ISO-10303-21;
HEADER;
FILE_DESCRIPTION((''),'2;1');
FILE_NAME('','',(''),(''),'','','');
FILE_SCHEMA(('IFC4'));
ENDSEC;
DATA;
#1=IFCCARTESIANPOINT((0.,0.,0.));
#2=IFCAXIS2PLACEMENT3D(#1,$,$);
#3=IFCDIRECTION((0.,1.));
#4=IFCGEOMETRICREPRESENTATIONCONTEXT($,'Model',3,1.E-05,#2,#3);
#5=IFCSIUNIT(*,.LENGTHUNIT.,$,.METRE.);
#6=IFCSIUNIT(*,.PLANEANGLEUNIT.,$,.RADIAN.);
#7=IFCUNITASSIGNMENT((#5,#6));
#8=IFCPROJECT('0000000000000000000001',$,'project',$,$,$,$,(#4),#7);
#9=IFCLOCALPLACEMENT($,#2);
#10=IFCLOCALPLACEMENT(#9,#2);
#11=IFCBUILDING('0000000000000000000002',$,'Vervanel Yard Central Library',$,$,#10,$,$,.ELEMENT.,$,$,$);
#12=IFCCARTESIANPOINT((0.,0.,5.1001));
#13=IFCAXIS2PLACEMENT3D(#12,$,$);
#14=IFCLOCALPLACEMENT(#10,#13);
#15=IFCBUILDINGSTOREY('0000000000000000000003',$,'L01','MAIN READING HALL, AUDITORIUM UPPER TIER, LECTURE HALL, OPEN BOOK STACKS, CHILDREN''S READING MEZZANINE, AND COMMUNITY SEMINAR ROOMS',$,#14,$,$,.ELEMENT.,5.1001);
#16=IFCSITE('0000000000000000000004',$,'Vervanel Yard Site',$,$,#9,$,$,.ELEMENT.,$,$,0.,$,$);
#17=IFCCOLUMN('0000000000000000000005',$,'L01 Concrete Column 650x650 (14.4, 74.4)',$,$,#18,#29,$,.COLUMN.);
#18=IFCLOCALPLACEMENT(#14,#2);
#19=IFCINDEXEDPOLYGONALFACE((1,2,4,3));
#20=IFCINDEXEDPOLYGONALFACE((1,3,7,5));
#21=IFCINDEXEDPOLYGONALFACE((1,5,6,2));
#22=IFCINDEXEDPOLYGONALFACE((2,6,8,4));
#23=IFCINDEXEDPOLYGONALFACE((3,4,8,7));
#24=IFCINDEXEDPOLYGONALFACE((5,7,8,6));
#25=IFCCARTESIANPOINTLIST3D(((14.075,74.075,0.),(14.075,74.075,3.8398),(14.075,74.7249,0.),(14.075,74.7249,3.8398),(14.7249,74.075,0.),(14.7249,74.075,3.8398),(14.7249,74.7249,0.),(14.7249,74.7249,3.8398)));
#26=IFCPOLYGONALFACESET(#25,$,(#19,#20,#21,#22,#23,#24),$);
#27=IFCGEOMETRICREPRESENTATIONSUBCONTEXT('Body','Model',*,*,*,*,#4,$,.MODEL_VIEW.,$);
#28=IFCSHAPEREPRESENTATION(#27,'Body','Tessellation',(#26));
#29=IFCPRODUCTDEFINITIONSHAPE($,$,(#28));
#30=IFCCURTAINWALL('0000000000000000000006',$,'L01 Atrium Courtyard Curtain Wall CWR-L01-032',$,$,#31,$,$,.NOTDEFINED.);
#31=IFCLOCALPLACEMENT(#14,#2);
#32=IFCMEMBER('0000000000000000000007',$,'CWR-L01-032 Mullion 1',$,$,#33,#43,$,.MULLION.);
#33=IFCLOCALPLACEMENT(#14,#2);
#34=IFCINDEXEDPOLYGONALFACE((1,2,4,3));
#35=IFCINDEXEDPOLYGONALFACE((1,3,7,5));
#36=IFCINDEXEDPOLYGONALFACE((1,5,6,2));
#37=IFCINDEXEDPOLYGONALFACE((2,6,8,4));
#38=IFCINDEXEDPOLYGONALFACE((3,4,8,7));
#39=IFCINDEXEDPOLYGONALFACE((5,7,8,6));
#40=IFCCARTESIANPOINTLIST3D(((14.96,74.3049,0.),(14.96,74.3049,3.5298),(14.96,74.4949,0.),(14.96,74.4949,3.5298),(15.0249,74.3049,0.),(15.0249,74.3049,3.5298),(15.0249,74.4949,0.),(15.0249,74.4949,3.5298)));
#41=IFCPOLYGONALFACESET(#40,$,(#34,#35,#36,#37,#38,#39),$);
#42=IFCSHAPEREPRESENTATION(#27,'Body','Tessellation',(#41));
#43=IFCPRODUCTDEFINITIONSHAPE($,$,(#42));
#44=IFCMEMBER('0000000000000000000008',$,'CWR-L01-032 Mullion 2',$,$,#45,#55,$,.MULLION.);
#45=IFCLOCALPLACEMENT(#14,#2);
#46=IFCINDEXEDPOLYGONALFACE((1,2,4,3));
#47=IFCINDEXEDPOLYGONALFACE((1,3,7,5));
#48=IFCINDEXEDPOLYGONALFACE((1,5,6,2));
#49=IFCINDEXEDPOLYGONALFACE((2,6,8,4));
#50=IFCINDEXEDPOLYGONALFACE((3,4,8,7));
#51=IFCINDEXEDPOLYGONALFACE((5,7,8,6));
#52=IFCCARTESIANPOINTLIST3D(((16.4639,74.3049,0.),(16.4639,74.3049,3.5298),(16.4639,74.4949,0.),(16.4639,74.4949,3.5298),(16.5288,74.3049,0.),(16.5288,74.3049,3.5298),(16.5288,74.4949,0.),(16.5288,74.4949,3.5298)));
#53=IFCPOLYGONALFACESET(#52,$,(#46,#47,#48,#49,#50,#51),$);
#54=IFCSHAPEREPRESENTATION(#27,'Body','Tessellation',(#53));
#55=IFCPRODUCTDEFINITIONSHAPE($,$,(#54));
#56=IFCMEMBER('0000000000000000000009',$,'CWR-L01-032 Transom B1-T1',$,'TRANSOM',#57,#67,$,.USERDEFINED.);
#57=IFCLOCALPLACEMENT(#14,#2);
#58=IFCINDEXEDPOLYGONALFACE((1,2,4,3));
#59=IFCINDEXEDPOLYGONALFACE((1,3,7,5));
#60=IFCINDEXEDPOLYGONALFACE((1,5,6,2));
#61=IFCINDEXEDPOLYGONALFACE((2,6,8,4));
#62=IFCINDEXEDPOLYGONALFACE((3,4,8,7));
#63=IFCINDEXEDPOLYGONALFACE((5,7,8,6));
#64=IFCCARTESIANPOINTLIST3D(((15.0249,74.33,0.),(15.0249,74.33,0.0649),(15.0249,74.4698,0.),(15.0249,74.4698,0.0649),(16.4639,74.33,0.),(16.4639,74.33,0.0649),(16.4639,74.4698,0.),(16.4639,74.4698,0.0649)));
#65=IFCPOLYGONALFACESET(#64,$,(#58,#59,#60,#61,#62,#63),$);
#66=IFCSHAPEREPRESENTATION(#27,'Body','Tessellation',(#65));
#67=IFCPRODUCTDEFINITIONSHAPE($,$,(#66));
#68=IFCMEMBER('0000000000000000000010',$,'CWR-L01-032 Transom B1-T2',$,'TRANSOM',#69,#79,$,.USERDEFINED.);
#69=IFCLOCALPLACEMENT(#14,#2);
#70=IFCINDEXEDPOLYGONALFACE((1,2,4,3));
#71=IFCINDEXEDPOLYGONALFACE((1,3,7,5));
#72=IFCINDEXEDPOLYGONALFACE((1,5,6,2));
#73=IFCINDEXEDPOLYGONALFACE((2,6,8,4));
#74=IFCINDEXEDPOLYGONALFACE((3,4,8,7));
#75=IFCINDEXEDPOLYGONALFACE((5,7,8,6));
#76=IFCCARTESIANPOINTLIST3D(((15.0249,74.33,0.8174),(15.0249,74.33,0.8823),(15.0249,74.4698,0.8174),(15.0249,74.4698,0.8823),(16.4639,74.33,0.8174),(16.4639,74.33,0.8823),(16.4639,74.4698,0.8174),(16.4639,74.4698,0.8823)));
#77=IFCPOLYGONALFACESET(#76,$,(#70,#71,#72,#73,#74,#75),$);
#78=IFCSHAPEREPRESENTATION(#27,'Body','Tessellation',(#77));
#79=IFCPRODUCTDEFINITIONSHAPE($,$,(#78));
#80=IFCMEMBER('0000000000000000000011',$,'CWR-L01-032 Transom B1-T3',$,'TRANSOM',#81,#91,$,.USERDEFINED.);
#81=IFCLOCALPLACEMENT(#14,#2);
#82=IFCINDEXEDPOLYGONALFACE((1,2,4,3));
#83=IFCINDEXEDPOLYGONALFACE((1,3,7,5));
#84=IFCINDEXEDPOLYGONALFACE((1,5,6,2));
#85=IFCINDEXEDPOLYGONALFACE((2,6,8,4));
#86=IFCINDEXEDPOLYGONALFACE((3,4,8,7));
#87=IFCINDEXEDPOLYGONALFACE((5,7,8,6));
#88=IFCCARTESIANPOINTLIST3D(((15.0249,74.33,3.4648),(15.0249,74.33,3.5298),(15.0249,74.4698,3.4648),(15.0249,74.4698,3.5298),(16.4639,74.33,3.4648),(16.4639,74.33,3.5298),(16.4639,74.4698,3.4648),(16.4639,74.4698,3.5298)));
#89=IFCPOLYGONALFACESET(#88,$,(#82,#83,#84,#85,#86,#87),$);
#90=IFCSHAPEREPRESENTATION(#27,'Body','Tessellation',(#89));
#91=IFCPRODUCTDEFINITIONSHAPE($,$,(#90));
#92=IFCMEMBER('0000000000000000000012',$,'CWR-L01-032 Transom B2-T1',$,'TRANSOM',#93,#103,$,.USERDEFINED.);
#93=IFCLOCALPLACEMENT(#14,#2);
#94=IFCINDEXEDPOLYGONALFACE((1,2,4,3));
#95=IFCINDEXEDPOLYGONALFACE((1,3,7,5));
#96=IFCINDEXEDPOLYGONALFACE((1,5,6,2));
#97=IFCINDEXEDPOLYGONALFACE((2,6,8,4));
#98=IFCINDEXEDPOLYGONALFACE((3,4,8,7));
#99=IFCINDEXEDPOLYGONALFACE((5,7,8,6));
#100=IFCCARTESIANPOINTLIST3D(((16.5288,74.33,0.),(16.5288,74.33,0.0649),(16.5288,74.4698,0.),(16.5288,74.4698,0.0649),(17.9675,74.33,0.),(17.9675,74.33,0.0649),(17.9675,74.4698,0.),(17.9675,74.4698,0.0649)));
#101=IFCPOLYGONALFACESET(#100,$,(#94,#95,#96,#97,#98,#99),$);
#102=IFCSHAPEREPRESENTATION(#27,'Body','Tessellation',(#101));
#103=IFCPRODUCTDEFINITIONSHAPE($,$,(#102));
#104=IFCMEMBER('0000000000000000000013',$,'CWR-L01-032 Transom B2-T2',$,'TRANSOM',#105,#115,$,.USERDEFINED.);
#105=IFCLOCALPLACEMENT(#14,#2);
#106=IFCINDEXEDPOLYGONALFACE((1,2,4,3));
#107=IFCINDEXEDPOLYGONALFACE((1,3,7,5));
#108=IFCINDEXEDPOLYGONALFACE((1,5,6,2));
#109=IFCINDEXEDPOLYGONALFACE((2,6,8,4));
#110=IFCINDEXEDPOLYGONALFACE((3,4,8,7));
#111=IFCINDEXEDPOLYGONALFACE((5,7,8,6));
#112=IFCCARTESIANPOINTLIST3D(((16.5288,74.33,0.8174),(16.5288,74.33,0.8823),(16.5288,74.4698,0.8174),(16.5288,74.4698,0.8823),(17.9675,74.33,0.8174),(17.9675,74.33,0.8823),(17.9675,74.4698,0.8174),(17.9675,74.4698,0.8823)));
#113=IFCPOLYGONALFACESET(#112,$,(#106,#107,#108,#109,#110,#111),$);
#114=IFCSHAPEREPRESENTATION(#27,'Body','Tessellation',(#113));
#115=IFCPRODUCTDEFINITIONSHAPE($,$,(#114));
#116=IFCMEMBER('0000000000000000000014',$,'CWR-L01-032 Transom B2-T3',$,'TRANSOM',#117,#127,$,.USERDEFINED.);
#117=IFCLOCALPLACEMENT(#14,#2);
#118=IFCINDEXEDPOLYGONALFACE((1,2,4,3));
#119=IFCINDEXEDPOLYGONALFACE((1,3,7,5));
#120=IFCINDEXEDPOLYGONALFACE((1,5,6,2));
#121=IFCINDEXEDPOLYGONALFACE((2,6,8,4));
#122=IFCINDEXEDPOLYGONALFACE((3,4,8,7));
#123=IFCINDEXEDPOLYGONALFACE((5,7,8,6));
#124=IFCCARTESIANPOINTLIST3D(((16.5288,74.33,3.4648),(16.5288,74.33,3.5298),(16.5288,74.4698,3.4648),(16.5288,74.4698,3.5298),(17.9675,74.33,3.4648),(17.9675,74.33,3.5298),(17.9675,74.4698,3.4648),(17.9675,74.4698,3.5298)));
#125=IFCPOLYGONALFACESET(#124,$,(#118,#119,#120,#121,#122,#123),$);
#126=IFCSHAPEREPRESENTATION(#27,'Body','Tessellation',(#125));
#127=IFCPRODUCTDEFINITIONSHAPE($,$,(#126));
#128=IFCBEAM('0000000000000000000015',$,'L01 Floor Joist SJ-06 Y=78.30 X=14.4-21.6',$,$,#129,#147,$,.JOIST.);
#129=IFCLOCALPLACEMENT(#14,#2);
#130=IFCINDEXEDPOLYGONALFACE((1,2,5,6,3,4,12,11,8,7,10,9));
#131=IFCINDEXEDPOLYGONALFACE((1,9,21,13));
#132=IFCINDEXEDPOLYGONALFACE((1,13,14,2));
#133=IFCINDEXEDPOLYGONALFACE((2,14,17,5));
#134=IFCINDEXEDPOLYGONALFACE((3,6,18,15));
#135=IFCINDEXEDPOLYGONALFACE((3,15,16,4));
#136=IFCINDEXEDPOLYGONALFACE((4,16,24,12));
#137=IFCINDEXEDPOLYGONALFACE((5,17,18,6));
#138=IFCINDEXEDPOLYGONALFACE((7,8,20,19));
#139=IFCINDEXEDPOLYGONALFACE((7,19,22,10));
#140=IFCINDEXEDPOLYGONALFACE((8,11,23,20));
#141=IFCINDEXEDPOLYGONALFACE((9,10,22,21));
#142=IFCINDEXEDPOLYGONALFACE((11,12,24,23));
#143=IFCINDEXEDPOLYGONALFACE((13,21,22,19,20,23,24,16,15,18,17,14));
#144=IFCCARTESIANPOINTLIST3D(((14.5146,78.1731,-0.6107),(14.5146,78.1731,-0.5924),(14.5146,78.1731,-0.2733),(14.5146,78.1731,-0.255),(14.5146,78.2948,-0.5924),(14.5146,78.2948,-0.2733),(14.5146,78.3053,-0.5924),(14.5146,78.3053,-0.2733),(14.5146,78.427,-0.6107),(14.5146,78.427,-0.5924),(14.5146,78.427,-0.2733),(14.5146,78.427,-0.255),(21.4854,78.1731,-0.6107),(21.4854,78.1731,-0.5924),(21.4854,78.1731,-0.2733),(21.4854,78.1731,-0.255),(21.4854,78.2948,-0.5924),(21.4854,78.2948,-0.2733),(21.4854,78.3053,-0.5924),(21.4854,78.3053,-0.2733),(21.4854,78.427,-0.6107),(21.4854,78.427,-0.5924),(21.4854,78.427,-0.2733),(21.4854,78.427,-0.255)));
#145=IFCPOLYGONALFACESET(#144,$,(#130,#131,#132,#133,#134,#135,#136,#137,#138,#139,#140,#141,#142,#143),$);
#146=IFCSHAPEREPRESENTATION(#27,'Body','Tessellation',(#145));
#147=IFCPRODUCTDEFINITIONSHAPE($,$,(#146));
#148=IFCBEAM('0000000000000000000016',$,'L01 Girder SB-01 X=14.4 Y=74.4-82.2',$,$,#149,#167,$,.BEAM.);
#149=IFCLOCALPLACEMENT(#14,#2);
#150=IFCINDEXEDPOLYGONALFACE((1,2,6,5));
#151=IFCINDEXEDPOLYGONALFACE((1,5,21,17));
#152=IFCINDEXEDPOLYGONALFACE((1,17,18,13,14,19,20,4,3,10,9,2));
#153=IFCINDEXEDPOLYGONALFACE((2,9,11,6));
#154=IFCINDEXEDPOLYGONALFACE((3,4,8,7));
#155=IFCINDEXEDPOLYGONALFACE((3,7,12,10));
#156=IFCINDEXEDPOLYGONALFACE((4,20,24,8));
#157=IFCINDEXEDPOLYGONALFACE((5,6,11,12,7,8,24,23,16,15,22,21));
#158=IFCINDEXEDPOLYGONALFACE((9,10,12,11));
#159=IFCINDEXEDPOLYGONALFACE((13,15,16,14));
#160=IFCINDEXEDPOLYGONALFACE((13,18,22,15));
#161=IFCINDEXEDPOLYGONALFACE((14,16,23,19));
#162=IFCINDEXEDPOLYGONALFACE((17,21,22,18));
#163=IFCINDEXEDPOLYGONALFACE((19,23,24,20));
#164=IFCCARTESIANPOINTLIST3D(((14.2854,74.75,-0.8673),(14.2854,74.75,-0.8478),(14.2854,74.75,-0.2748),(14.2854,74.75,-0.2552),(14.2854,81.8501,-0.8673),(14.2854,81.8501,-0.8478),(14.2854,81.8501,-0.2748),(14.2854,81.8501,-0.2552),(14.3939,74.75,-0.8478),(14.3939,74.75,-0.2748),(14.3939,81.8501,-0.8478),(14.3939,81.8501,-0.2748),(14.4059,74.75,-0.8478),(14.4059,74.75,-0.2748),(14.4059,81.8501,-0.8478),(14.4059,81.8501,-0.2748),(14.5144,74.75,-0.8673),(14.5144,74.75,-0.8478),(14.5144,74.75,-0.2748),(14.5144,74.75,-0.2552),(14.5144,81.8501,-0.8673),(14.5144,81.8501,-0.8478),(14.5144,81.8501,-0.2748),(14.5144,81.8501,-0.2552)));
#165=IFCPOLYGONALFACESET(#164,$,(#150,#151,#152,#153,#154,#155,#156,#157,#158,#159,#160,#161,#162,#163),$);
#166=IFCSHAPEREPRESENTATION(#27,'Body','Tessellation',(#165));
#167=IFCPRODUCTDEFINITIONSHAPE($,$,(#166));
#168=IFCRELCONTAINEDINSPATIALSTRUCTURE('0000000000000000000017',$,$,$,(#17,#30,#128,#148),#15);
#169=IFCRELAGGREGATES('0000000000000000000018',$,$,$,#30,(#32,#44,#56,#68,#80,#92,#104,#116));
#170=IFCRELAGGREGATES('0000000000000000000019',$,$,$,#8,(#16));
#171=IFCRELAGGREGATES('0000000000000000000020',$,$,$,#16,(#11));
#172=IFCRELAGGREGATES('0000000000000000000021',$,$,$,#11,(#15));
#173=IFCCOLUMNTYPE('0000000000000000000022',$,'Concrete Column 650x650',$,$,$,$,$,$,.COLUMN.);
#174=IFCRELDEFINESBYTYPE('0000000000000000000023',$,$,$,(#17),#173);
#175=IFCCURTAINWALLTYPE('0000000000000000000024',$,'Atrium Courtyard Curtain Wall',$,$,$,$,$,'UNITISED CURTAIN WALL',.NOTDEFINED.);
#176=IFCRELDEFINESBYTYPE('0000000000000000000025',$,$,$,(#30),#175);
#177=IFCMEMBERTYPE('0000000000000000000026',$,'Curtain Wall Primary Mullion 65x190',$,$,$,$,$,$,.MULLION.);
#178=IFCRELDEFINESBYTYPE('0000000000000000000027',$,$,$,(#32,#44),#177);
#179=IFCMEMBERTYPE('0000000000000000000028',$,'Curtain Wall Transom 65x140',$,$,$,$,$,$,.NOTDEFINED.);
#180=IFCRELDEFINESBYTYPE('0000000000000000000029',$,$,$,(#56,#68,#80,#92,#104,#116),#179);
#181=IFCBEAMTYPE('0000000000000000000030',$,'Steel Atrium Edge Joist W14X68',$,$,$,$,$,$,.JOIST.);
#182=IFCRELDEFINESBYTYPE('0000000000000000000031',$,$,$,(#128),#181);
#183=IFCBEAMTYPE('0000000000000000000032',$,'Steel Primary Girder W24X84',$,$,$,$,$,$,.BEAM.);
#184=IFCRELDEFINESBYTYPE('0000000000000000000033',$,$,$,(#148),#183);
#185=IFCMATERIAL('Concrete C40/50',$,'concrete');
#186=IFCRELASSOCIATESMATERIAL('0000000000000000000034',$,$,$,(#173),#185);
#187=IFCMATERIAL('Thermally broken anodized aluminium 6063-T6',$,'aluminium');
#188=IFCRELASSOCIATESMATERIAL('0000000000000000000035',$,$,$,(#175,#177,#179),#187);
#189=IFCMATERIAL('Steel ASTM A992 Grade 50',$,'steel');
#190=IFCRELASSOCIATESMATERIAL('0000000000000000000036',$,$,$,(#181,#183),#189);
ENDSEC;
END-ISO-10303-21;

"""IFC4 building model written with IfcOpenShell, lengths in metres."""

from ifc_helpers import new_model, si_unit, direction, frame, origin, origin_2d, place, context, subcontext, project, spatial, rectangle, i_section, extrude, material, material_profile, profile_set, type_object, element, aggregate, save


model = new_model("IFC4")

# Units and contexts
model_context = context("Model", 3, precision=1e-05, world=origin(), true_north=direction((0.0, 1.0)))
body_context = subcontext(model_context, "Body", "Model", "MODEL_VIEW")
ifc_project = project(units=[si_unit("LENGTHUNIT", "METRE"), si_unit("PLANEANGLEUNIT", "RADIAN")], contexts=[model_context])

# Site, building, storey
site_placement = place(None, origin())
site = spatial("IfcSite", under=ifc_project, at=site_placement, Name="Vervanel Yard Site", CompositionType="ELEMENT", RefElevation=0.0)
building_placement = place(site_placement, origin())
building = spatial("IfcBuilding", under=site, at=building_placement, Name="Vervanel Yard Central Library", CompositionType="ELEMENT")
storey_placement = place(building_placement, frame((0.0, 0.0, 5.1001)))
storey = spatial("IfcBuildingStorey", under=building, at=storey_placement, Name="L01", Description="MAIN READING HALL, AUDITORIUM UPPER TIER, LECTURE HALL, OPEN BOOK STACKS, CHILDREN'S READING MEZZANINE, AND COMMUNITY SEMINAR ROOMS", CompositionType="ELEMENT", Elevation=5.1001)

# Column
ifc_material_1 = material(Name="Concrete C40/50", Category="concrete")
ifc_material_profile_1 = material_profile(ifc_material_1, rectangle(XDim=0.6499, YDim=0.6499, at=origin_2d()), Name="RC 650x650", Category="concrete")
ifc_profile_set_1 = profile_set([ifc_material_profile_1], Name="Concrete C40/50")
column_type = type_object("IfcColumnType", Name="Concrete Column 650x650", PredefinedType="COLUMN", material=ifc_profile_set_1)
column_placement = place(storey_placement, frame((14.3999, 74.3999, 0.0), z_axis=(0.0, 0.0, 1.0), x_axis=(1.0, 0.0, 0.0)))
element("IfcColumn", 1, at=column_placement, inside=storey, type_object=column_type, Name="L01 Concrete Column 650x650 (14.4, 74.4)", PredefinedType="COLUMN", context=body_context, shape_type="SweptSolid", body=[
    extrude(rectangle(XDim=0.6499, YDim=0.6499, at=origin_2d()), origin(), (0.0, 0.0, 1.0), 3.8398),
])

# Curtain wall, members
ifc_material_2 = material(Name="Thermally broken anodized aluminium 6063-T6", Category="aluminium")
curtain_wall_type = type_object("IfcCurtainWallType", Name="Atrium Courtyard Curtain Wall", ElementType="UNITISED CURTAIN WALL", PredefinedType="NOTDEFINED", material=ifc_material_2)
curtain_wall_placement = place(storey_placement, origin())
curtain_wall = element("IfcCurtainWall", 2, at=curtain_wall_placement, inside=storey, type_object=curtain_wall_type, Name="L01 Atrium Courtyard Curtain Wall CWR-L01-032", PredefinedType="NOTDEFINED")
ifc_material_profile_2 = material_profile(ifc_material_2, rectangle(XDim=0.0649, YDim=0.1899, at=origin_2d()), Name="ALU 65x190", Category="aluminium")
ifc_profile_set_2 = profile_set([ifc_material_profile_2], Name="Thermally broken anodized aluminium 6063-T6")
member_type_1 = type_object("IfcMemberType", Name="Curtain Wall Primary Mullion 65x190", PredefinedType="MULLION", material=ifc_profile_set_2)
member_1_placement = place(storey_placement, frame((14.9924, 74.3999, 0.0), z_axis=(0.0, 0.0, 1.0), x_axis=(1.0, 0.0, 0.0)))
member_1 = element("IfcMember", 3, at=member_1_placement, type_object=member_type_1, Name="CWR-L01-032 Mullion 1", PredefinedType="MULLION", context=body_context, shape_type="SweptSolid", body=[
    extrude(rectangle(XDim=0.0649, YDim=0.1899, at=origin_2d()), origin(), (0.0, 0.0, 1.0), 3.5298),
])
member_2_placement = place(storey_placement, frame((16.4963, 74.3999, 0.0), z_axis=(0.0, 0.0, 1.0), x_axis=(1.0, 0.0, 0.0)))
member_2 = element("IfcMember", 4, at=member_2_placement, type_object=member_type_1, Name="CWR-L01-032 Mullion 2", PredefinedType="MULLION", context=body_context, shape_type="SweptSolid", body=[
    extrude(rectangle(XDim=0.0649, YDim=0.1899, at=origin_2d()), origin(), (0.0, 0.0, 1.0), 3.5298),
])
ifc_material_profile_3 = material_profile(ifc_material_2, rectangle(XDim=0.0649, YDim=0.1399, at=origin_2d()), Name="ALU 65x140", Category="aluminium")
ifc_profile_set_3 = profile_set([ifc_material_profile_3], Name="Thermally broken anodized aluminium 6063-T6")
member_type_2 = type_object("IfcMemberType", Name="Curtain Wall Transom 65x140", PredefinedType="NOTDEFINED", material=ifc_profile_set_3)
member_3_placement = place(storey_placement, frame((15.0249, 74.3999, 0.0325), z_axis=(1.0, 0.0, 0.0), x_axis=(0.0, 0.0, 1.0)))
member_3 = element("IfcMember", 5, at=member_3_placement, type_object=member_type_2, Name="CWR-L01-032 Transom B1-T1", ObjectType="TRANSOM", PredefinedType="USERDEFINED", context=body_context, shape_type="SweptSolid", body=[
    extrude(rectangle(XDim=0.0649, YDim=0.1399, at=origin_2d()), origin(), (0.0, 0.0, 1.0), 1.439),
])
member_4_placement = place(storey_placement, frame((15.0249, 74.3999, 0.8499), z_axis=(1.0, 0.0, 0.0), x_axis=(0.0, 0.0, 1.0)))
member_4 = element("IfcMember", 6, at=member_4_placement, type_object=member_type_2, Name="CWR-L01-032 Transom B1-T2", ObjectType="TRANSOM", PredefinedType="USERDEFINED", context=body_context, shape_type="SweptSolid", body=[
    extrude(rectangle(XDim=0.0649, YDim=0.1399, at=origin_2d()), origin(), (0.0, 0.0, 1.0), 1.439),
])
member_5_placement = place(storey_placement, frame((15.0249, 74.3999, 3.4973), z_axis=(1.0, 0.0, 0.0), x_axis=(0.0, 0.0, 1.0)))
member_5 = element("IfcMember", 7, at=member_5_placement, type_object=member_type_2, Name="CWR-L01-032 Transom B1-T3", ObjectType="TRANSOM", PredefinedType="USERDEFINED", context=body_context, shape_type="SweptSolid", body=[
    extrude(rectangle(XDim=0.0649, YDim=0.1399, at=origin_2d()), origin(), (0.0, 0.0, 1.0), 1.439),
])
member_6_placement = place(storey_placement, frame((16.5288, 74.3999, 0.0325), z_axis=(1.0, 0.0, 0.0), x_axis=(0.0, 0.0, 1.0)))
member_6 = element("IfcMember", 8, at=member_6_placement, type_object=member_type_2, Name="CWR-L01-032 Transom B2-T1", ObjectType="TRANSOM", PredefinedType="USERDEFINED", context=body_context, shape_type="SweptSolid", body=[
    extrude(rectangle(XDim=0.0649, YDim=0.1399, at=origin_2d()), origin(), (0.0, 0.0, 1.0), 1.4387),
])
member_7_placement = place(storey_placement, frame((16.5288, 74.3999, 0.8499), z_axis=(1.0, 0.0, 0.0), x_axis=(0.0, 0.0, 1.0)))
member_7 = element("IfcMember", 9, at=member_7_placement, type_object=member_type_2, Name="CWR-L01-032 Transom B2-T2", ObjectType="TRANSOM", PredefinedType="USERDEFINED", context=body_context, shape_type="SweptSolid", body=[
    extrude(rectangle(XDim=0.0649, YDim=0.1399, at=origin_2d()), origin(), (0.0, 0.0, 1.0), 1.4387),
])
member_8_placement = place(storey_placement, frame((16.5288, 74.3999, 3.4973), z_axis=(1.0, 0.0, 0.0), x_axis=(0.0, 0.0, 1.0)))
member_8 = element("IfcMember", 10, at=member_8_placement, type_object=member_type_2, Name="CWR-L01-032 Transom B2-T3", ObjectType="TRANSOM", PredefinedType="USERDEFINED", context=body_context, shape_type="SweptSolid", body=[
    extrude(rectangle(XDim=0.0649, YDim=0.1399, at=origin_2d()), origin(), (0.0, 0.0, 1.0), 1.4387),
])

# Beams
ifc_material_3 = material(Name="Steel ASTM A992 Grade 50", Category="steel")
ifc_material_profile_4 = material_profile(ifc_material_3, i_section(OverallWidth=0.2539, OverallDepth=0.3557, WebThickness=0.0105, FlangeThickness=0.0183, at=origin_2d()), Name="W14X68", Category="steel")
ifc_profile_set_4 = profile_set([ifc_material_profile_4], Name="Steel ASTM A992 Grade 50")
beam_type_1 = type_object("IfcBeamType", Name="Steel Atrium Edge Joist W14X68", PredefinedType="JOIST", material=ifc_profile_set_4)
beam_1_placement = place(storey_placement, frame((14.5146, 78.3, -0.4329), z_axis=(1.0, 0.0, 0.0), x_axis=(0.0, 1.0, 0.0)))
element("IfcBeam", 11, at=beam_1_placement, inside=storey, type_object=beam_type_1, Name="L01 Floor Joist SJ-06 Y=78.30 X=14.4-21.6", PredefinedType="JOIST", context=body_context, shape_type="SweptSolid", body=[
    extrude(i_section(OverallWidth=0.2539, OverallDepth=0.3557, WebThickness=0.0105, FlangeThickness=0.0183, at=origin_2d()), origin(), (0.0, 0.0, 1.0), 6.9707),
])
ifc_material_profile_5 = material_profile(ifc_material_3, i_section(OverallWidth=0.229, OverallDepth=0.6121, WebThickness=0.012, FlangeThickness=0.0195, at=origin_2d()), Name="W24X84", Category="steel")
ifc_profile_set_5 = profile_set([ifc_material_profile_5], Name="Steel ASTM A992 Grade 50")
beam_type_2 = type_object("IfcBeamType", Name="Steel Primary Girder W24X84", PredefinedType="BEAM", material=ifc_profile_set_5)
beam_2_placement = place(storey_placement, frame((14.3999, 74.75, -0.5613), z_axis=(0.0, 1.0, 0.0), x_axis=(-1.0, 0.0, 0.0)))
element("IfcBeam", 12, at=beam_2_placement, inside=storey, type_object=beam_type_2, Name="L01 Girder SB-01 X=14.4 Y=74.4-82.2", PredefinedType="BEAM", context=body_context, shape_type="SweptSolid", body=[
    extrude(i_section(OverallWidth=0.229, OverallDepth=0.6121, WebThickness=0.012, FlangeThickness=0.0195, at=origin_2d()), origin(), (0.0, 0.0, 1.0), 7.1001),
])

aggregate(curtain_wall, [member_1, member_2, member_3, member_4, member_5, member_6, member_7, member_8])

save(model, "model.ifc")
